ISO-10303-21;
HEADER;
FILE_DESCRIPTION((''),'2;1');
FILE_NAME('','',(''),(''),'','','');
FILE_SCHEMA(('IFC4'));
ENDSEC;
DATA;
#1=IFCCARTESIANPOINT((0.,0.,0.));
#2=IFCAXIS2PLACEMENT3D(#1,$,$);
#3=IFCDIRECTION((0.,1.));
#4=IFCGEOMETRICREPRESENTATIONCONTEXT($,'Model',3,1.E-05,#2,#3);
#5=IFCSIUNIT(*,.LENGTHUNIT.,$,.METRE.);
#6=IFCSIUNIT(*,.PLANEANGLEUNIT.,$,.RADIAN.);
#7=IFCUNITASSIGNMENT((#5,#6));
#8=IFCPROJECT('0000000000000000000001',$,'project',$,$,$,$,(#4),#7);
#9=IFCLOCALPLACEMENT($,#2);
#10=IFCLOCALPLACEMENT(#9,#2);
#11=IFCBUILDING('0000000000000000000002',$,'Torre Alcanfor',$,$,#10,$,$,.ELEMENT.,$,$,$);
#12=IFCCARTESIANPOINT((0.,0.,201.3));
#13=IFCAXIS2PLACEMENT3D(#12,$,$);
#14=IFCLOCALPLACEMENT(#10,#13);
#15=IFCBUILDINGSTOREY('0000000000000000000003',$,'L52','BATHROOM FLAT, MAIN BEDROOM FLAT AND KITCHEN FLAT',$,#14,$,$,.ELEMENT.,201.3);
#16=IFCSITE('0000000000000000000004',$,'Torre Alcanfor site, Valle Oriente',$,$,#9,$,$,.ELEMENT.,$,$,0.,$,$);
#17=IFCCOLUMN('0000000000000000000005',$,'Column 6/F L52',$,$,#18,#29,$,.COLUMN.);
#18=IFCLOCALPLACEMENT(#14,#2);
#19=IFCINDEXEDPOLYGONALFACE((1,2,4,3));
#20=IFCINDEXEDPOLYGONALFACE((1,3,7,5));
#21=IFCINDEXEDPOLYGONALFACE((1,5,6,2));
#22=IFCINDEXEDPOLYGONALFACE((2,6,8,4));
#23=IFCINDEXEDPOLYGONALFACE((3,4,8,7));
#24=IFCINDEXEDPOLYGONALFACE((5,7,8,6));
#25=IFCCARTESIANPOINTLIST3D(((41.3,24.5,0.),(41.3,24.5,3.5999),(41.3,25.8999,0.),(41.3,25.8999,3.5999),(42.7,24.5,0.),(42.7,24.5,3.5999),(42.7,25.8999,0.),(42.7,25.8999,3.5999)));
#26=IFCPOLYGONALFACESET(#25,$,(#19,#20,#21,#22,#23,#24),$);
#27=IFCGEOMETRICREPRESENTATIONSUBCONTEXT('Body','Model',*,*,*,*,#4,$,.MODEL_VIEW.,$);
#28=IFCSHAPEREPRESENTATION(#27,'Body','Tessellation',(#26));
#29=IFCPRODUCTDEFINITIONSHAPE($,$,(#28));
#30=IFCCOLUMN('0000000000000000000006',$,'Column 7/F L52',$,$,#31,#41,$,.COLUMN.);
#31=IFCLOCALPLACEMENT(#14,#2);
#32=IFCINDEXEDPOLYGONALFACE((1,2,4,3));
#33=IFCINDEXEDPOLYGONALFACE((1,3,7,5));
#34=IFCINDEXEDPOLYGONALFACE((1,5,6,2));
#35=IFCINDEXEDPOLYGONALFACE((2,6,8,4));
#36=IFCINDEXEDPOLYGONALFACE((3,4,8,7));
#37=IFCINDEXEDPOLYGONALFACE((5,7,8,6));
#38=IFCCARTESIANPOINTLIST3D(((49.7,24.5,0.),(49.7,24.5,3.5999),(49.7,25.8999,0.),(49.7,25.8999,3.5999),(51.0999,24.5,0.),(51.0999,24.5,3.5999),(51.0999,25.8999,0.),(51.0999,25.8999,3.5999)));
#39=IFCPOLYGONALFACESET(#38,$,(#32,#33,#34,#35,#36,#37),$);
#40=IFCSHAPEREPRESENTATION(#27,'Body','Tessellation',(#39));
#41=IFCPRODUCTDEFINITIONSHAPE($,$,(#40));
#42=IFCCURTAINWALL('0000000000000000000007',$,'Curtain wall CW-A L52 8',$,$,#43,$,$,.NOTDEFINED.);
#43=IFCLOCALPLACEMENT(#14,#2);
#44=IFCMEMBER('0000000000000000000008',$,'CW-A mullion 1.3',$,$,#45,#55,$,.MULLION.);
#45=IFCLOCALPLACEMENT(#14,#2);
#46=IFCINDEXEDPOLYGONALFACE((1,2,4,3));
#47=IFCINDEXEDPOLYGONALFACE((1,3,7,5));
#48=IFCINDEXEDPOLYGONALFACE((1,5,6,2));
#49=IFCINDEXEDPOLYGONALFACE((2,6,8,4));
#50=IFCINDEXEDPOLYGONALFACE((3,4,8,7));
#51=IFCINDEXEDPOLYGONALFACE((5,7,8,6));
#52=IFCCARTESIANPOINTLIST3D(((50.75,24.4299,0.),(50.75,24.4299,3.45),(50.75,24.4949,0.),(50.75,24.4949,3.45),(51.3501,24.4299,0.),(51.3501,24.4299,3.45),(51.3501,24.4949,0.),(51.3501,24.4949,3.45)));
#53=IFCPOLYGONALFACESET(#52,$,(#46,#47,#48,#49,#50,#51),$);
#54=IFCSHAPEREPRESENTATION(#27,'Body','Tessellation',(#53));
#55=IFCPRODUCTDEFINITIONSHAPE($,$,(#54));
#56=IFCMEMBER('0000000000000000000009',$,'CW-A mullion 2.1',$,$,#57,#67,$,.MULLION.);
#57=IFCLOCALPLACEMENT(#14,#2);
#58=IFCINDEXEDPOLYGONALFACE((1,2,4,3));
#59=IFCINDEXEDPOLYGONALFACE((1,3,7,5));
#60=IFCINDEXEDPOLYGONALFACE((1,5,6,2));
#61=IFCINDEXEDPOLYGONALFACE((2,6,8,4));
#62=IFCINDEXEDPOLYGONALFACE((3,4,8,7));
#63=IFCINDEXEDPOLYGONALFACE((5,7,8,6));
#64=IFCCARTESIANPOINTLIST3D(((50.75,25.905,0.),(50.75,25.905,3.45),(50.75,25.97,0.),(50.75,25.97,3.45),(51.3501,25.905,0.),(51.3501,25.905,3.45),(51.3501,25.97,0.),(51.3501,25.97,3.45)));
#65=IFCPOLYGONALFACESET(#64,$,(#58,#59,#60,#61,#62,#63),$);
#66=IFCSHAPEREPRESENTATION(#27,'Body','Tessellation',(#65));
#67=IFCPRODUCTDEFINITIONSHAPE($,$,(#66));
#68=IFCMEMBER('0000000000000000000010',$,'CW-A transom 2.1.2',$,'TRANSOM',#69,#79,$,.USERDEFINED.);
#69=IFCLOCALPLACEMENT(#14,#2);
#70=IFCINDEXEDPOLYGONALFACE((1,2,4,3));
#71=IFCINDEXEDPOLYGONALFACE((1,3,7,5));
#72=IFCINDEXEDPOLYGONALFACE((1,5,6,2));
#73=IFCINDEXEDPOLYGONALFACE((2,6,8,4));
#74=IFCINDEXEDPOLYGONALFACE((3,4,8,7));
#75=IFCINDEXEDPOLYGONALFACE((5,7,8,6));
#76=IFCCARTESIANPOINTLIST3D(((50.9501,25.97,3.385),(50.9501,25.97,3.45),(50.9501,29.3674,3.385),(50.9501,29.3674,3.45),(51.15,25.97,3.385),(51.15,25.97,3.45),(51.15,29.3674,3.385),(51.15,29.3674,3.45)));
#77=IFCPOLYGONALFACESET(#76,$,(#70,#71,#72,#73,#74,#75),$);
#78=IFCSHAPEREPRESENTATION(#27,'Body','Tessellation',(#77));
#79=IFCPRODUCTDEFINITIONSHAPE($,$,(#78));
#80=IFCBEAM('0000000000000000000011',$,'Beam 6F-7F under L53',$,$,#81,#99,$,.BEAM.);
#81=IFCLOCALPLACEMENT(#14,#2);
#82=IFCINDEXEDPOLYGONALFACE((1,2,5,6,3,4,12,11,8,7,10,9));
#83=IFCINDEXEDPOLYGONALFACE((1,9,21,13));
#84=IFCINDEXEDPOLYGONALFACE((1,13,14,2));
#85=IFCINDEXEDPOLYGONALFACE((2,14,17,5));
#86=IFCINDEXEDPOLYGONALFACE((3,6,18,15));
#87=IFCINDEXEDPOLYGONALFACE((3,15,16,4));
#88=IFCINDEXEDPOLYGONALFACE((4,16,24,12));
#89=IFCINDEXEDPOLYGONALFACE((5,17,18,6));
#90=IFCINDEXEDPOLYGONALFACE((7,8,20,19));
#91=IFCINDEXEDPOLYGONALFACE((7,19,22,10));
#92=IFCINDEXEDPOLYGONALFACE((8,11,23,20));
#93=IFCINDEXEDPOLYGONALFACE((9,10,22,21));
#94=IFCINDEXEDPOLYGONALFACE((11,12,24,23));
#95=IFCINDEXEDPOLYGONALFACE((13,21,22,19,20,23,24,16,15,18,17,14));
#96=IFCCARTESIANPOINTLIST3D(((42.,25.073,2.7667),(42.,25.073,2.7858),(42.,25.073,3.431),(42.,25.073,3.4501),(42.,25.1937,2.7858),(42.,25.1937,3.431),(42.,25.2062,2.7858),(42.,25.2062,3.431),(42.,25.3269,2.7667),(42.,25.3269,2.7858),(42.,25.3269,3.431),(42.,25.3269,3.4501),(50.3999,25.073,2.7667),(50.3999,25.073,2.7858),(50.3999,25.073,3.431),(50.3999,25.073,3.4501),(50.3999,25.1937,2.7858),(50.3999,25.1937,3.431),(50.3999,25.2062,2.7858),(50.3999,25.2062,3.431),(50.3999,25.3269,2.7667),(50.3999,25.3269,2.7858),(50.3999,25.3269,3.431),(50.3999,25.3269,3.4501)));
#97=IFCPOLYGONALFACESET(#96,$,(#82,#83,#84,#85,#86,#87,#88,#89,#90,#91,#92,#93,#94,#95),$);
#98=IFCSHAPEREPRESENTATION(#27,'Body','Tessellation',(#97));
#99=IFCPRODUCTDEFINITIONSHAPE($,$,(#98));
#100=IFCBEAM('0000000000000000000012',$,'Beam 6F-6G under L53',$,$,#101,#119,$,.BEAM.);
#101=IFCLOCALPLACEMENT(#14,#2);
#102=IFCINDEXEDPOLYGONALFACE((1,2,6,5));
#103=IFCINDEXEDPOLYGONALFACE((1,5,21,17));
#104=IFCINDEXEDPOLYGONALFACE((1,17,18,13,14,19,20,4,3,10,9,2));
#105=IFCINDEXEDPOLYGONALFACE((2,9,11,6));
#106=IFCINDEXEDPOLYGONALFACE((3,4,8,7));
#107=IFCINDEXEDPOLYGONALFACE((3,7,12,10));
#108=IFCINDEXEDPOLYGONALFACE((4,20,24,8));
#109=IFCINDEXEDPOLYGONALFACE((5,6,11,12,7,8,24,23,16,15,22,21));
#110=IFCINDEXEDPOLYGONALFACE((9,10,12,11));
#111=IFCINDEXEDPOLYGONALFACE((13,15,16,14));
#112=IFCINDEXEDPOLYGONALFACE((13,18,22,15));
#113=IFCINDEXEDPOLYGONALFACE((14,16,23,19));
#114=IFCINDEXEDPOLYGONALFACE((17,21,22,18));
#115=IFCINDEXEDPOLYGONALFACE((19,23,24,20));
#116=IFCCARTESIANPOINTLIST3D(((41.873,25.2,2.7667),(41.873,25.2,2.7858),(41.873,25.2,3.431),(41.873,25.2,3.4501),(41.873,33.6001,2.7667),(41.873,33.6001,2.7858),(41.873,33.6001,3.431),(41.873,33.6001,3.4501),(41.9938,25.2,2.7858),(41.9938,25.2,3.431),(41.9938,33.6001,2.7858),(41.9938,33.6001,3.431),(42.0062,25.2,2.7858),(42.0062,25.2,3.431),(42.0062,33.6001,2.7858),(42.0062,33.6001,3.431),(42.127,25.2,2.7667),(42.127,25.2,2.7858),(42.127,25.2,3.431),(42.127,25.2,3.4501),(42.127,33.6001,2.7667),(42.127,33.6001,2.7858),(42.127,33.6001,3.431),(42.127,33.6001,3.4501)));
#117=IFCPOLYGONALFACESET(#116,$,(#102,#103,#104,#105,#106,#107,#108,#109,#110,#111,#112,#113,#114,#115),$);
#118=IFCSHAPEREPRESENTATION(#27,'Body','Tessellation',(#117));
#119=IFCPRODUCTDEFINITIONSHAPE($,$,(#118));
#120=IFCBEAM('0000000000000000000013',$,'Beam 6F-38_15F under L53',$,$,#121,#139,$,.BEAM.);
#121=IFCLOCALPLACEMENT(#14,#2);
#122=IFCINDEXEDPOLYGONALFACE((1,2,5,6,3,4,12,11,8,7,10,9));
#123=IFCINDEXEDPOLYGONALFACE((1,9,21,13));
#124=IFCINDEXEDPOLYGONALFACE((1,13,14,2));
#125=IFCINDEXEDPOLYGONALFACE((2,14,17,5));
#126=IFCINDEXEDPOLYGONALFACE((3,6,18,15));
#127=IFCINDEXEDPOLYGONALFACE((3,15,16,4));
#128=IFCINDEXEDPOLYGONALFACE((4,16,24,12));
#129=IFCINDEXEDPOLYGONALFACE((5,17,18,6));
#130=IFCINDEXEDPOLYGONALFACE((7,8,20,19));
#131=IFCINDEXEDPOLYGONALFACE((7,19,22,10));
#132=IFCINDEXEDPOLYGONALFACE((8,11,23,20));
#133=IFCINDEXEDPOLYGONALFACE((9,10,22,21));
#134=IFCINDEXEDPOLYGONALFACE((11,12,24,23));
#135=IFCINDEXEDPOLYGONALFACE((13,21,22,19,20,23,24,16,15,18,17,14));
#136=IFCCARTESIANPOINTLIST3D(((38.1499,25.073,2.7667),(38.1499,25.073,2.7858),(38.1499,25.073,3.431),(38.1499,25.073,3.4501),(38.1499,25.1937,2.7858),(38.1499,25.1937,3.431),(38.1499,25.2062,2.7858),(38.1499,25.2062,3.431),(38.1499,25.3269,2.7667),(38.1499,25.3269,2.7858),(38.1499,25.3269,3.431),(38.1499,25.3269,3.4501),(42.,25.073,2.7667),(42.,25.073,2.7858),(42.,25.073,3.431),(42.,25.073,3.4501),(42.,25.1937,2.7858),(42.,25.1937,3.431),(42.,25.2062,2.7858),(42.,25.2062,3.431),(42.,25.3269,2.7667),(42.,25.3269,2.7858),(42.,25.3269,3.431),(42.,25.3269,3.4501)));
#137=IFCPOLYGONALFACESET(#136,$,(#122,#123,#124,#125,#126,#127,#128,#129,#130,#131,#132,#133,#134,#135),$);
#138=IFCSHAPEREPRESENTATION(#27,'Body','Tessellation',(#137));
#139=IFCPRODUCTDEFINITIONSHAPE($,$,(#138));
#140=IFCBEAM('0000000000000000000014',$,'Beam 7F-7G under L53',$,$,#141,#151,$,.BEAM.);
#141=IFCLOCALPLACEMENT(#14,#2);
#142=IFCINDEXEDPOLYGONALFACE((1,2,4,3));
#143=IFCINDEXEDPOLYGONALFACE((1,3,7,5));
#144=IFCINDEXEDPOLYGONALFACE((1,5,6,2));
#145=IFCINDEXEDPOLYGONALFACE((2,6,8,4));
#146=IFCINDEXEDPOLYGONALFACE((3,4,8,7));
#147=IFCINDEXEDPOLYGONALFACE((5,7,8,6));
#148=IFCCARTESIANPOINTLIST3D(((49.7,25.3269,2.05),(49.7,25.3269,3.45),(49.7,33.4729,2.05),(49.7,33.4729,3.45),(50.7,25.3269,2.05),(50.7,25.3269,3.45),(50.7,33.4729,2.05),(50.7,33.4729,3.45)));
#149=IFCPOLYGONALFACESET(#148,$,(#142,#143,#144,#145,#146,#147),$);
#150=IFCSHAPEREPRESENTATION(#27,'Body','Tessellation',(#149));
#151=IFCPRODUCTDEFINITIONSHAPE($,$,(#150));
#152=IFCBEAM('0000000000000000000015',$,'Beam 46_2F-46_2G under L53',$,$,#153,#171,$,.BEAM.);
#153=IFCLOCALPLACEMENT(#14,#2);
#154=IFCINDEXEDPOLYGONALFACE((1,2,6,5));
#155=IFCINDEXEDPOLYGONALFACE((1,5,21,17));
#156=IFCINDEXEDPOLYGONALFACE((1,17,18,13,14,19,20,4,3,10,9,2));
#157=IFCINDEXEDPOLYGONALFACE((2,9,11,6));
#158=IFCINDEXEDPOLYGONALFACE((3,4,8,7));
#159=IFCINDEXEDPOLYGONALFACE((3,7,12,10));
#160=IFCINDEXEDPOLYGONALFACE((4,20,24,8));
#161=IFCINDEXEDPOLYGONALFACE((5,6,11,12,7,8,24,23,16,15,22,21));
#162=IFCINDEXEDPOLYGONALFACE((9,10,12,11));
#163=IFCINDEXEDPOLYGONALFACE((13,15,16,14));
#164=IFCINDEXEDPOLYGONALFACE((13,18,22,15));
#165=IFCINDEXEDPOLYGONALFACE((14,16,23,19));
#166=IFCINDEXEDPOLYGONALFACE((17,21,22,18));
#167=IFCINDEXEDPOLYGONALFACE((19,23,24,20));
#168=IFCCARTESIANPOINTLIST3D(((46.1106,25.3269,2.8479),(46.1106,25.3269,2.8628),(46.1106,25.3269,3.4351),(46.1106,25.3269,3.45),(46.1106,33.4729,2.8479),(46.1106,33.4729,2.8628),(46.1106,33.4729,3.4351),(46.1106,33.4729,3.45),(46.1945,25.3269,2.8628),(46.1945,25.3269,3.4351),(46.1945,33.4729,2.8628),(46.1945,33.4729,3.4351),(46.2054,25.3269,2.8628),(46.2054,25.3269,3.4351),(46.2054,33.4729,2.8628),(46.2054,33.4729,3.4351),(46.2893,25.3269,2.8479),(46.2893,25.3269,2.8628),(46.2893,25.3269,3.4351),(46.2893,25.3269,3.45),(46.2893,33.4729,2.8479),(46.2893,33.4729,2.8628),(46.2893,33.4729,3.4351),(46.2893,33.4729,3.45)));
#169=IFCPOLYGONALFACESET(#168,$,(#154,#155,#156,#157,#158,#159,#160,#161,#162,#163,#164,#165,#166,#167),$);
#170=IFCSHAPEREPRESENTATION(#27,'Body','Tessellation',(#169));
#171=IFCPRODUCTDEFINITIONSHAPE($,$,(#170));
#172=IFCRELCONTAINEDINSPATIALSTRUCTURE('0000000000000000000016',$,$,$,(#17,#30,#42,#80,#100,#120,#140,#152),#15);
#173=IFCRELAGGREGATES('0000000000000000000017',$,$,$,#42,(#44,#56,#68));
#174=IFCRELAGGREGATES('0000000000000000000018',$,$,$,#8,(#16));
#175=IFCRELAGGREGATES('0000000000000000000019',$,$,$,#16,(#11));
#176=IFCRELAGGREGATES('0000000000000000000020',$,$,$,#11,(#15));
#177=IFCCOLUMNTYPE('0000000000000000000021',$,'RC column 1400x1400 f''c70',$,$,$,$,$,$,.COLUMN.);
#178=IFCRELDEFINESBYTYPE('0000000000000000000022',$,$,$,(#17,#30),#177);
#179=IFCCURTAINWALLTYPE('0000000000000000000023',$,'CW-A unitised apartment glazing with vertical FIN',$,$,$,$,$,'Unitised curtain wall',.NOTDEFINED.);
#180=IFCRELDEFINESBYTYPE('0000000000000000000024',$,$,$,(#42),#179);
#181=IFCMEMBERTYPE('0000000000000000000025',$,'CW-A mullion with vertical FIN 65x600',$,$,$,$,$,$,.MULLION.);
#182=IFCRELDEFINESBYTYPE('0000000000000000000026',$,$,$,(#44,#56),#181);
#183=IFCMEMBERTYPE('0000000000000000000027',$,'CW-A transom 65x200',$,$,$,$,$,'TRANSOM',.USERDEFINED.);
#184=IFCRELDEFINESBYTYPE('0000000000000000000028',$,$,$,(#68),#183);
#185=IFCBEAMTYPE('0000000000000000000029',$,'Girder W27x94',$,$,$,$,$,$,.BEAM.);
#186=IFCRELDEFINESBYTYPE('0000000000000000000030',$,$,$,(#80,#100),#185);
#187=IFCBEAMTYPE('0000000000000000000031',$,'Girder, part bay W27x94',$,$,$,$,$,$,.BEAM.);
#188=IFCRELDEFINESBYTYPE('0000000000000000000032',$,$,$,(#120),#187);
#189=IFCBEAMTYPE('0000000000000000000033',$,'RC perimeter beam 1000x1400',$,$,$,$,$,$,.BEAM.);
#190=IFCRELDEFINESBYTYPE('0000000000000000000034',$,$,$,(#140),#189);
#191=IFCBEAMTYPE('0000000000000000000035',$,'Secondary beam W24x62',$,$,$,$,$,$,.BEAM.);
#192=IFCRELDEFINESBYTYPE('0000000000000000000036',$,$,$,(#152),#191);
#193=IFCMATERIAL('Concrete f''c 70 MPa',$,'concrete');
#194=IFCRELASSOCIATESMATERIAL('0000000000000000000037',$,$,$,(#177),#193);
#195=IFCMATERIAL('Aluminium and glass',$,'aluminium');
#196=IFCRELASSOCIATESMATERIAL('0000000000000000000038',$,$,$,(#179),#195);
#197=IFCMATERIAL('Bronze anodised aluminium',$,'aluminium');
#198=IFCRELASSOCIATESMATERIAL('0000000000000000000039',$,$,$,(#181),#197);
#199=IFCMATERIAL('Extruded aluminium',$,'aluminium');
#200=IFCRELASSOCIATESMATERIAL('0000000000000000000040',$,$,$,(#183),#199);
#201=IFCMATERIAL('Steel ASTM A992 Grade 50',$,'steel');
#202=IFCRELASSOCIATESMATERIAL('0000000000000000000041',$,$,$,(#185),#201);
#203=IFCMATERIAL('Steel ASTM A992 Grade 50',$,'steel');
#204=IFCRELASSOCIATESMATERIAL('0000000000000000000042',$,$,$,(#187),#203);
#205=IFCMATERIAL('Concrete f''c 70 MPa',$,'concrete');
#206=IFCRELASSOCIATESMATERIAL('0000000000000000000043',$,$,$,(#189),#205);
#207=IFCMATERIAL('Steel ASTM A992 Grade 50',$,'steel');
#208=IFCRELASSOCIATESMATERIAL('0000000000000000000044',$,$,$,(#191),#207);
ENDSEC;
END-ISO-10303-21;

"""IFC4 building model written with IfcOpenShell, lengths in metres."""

from ifc_helpers import new_model, si_unit, direction, frame, origin, origin_2d, place, context, subcontext, project, spatial, rectangle, i_section, extrude, material, material_profile, profile_set, type_object, element, aggregate, save


model = new_model("IFC4")

# Units and contexts
model_context = context("Model", 3, precision=1e-05, world=origin(), true_north=direction((0.0, 1.0)))
body_context = subcontext(model_context, "Body", "Model", "MODEL_VIEW")
ifc_project = project(units=[si_unit("LENGTHUNIT", "METRE"), si_unit("PLANEANGLEUNIT", "RADIAN")], contexts=[model_context])

# Site, building, storey
site_placement = place(None, origin())
site = spatial("IfcSite", under=ifc_project, at=site_placement, Name="Torre Alcanfor site, Valle Oriente", CompositionType="ELEMENT", RefElevation=0.0)
building_placement = place(site_placement, origin())
building = spatial("IfcBuilding", under=site, at=building_placement, Name="Torre Alcanfor", CompositionType="ELEMENT")
storey_placement = place(building_placement, frame((0.0, 0.0, 201.3)))
storey = spatial("IfcBuildingStorey", under=building, at=storey_placement, Name="L52", Description="BATHROOM FLAT, MAIN BEDROOM FLAT AND KITCHEN FLAT", CompositionType="ELEMENT", Elevation=201.3)

# Columns
ifc_material_1 = material(Name="Concrete f'c 70 MPa", Category="concrete")
ifc_material_profile_1 = material_profile(ifc_material_1, rectangle(XDim=1.3999, YDim=1.3999, at=origin_2d()), Name="1400x1400")
ifc_profile_set_1 = profile_set([ifc_material_profile_1], Name="Concrete f'c 70 MPa")
column_type = type_object("IfcColumnType", Name="RC column 1400x1400 f'c70", PredefinedType="COLUMN", material=ifc_profile_set_1)
for number, where, z_axis, x_axis, name in (
    (1, (42.0, 25.2, 0.0), (0.0, 0.0, 1.0), (1.0, 0.0, 0.0), "Column 6/F L52"),
    (2, (50.3999, 25.2, 0.0), (0.0, 0.0, 1.0), (1.0, 0.0, 0.0), "Column 7/F L52"),
):
    element("IfcColumn", number, at=place(storey_placement, frame(where, z_axis=z_axis, x_axis=x_axis)), inside=storey, type_object=column_type, Name=name, PredefinedType="COLUMN", context=body_context, shape_type="SweptSolid", body=[
        extrude(rectangle(XDim=1.3999, YDim=1.3999, at=origin_2d()), origin(), (0.0, 0.0, 1.0), 3.5999),
    ])

# Curtain wall, members
ifc_material_2 = material(Name="Aluminium and glass", Category="aluminium")
curtain_wall_type = type_object("IfcCurtainWallType", Name="CW-A unitised apartment glazing with vertical FIN", ElementType="Unitised curtain wall", PredefinedType="NOTDEFINED", material=ifc_material_2)
curtain_wall_placement = place(storey_placement, origin())
curtain_wall = element("IfcCurtainWall", 3, at=curtain_wall_placement, inside=storey, type_object=curtain_wall_type, Name="Curtain wall CW-A L52 8", PredefinedType="NOTDEFINED")
ifc_material_3 = material(Name="Bronze anodised aluminium", Category="aluminium")
ifc_material_profile_2 = material_profile(ifc_material_3, rectangle(XDim=0.6001, YDim=0.0649, at=origin_2d()), Name="CW-A mullion 65x600")
ifc_profile_set_2 = profile_set([ifc_material_profile_2], Name="Bronze anodised aluminium")
member_type_1 = type_object("IfcMemberType", Name="CW-A mullion with vertical FIN 65x600", PredefinedType="MULLION", material=ifc_profile_set_2)
member_1_placement = place(storey_placement, frame((51.05, 24.4624, 0.0), z_axis=(0.0, 0.0, 1.0), x_axis=(-1.0, 0.0, 0.0)))
member_1 = element("IfcMember", 4, at=member_1_placement, type_object=member_type_1, Name="CW-A mullion 1.3", PredefinedType="MULLION", context=body_context, shape_type="SweptSolid", body=[
    extrude(rectangle(XDim=0.6001, YDim=0.0649, at=origin_2d()), origin(), (0.0, 0.0, 1.0), 3.45),
])
member_2_placement = place(storey_placement, frame((51.05, 25.9375, 0.0), z_axis=(0.0, 0.0, 1.0), x_axis=(-1.0, 0.0, 0.0)))
member_2 = element("IfcMember", 5, at=member_2_placement, type_object=member_type_1, Name="CW-A mullion 2.1", PredefinedType="MULLION", context=body_context, shape_type="SweptSolid", body=[
    extrude(rectangle(XDim=0.6001, YDim=0.0649, at=origin_2d()), origin(), (0.0, 0.0, 1.0), 3.45),
])
ifc_material_4 = material(Name="Extruded aluminium", Category="aluminium")
ifc_material_profile_3 = material_profile(ifc_material_4, rectangle(XDim=0.2, YDim=0.0649, at=origin_2d()), Name="CW-A transom 200x65")
ifc_profile_set_3 = profile_set([ifc_material_profile_3], Name="Extruded aluminium")
member_type_2 = type_object("IfcMemberType", Name="CW-A transom 65x200", ElementType="TRANSOM", PredefinedType="USERDEFINED", material=ifc_profile_set_3)
member_3_placement = place(storey_placement, frame((51.05, 25.97, 3.4175), z_axis=(0.0, 1.0, 0.0), x_axis=(-1.0, 0.0, 0.0)))
member_3 = element("IfcMember", 6, at=member_3_placement, type_object=member_type_2, Name="CW-A transom 2.1.2", ObjectType="TRANSOM", PredefinedType="USERDEFINED", context=body_context, shape_type="SweptSolid", body=[
    extrude(rectangle(XDim=0.2, YDim=0.0649, at=origin_2d()), origin(), (0.0, 0.0, 1.0), 3.3975),
])

# Beams
ifc_material_5 = material(Name="Steel ASTM A992 Grade 50", Category="steel")
ifc_material_profile_4 = material_profile(ifc_material_5, i_section(OverallWidth=0.2539, OverallDepth=0.6833, WebThickness=0.0125, FlangeThickness=0.019, at=origin_2d()), Name="W27x94")
ifc_profile_set_4 = profile_set([ifc_material_profile_4], Name="Steel ASTM A992 Grade 50")
beam_type_1 = type_object("IfcBeamType", Name="Girder W27x94", PredefinedType="BEAM", material=ifc_profile_set_4)
beam_1_placement = place(storey_placement, frame((42.0, 25.2, 3.1084), z_axis=(1.0, 0.0, 0.0), x_axis=(0.0, 1.0, 0.0)))
element("IfcBeam", 7, at=beam_1_placement, inside=storey, type_object=beam_type_1, Name="Beam 6F-7F under L53", PredefinedType="BEAM", context=body_context, shape_type="SweptSolid", body=[
    extrude(i_section(OverallWidth=0.2539, OverallDepth=0.6833, WebThickness=0.0125, FlangeThickness=0.019, at=origin_2d()), origin(), (0.0, 0.0, 1.0), 8.3999),
])
beam_2_placement = place(storey_placement, frame((42.0, 25.2, 3.1084), z_axis=(0.0, 1.0, 0.0), x_axis=(-1.0, 0.0, 0.0)))
element("IfcBeam", 8, at=beam_2_placement, inside=storey, type_object=beam_type_1, Name="Beam 6F-6G under L53", PredefinedType="BEAM", context=body_context, shape_type="SweptSolid", body=[
    extrude(i_section(OverallWidth=0.2539, OverallDepth=0.6833, WebThickness=0.0125, FlangeThickness=0.019, at=origin_2d()), origin(), (0.0, 0.0, 1.0), 8.4001),
])
ifc_material_6 = material(Name="Steel ASTM A992 Grade 50", Category="steel")
ifc_material_profile_5 = material_profile(ifc_material_6, i_section(OverallWidth=0.2539, OverallDepth=0.6833, WebThickness=0.0125, FlangeThickness=0.019, at=origin_2d()), Name="W27x94")
ifc_profile_set_5 = profile_set([ifc_material_profile_5], Name="Steel ASTM A992 Grade 50")
beam_type_2 = type_object("IfcBeamType", Name="Girder, part bay W27x94", PredefinedType="BEAM", material=ifc_profile_set_5)
beam_3_placement = place(storey_placement, frame((42.0, 25.2, 3.1084), z_axis=(-1.0, 0.0, 0.0), x_axis=(0.0, -1.0, 0.0)))
element("IfcBeam", 9, at=beam_3_placement, inside=storey, type_object=beam_type_2, Name="Beam 6F-38_15F under L53", PredefinedType="BEAM", context=body_context, shape_type="SweptSolid", body=[
    extrude(i_section(OverallWidth=0.2539, OverallDepth=0.6833, WebThickness=0.0125, FlangeThickness=0.019, at=origin_2d()), origin(), (0.0, 0.0, 1.0), 3.8501),
])
ifc_material_7 = material(Name="Concrete f'c 70 MPa", Category="concrete")
ifc_material_profile_6 = material_profile(ifc_material_7, rectangle(XDim=1.0, YDim=1.3999, at=origin_2d()), Name="1000x1400")
ifc_profile_set_6 = profile_set([ifc_material_profile_6], Name="Concrete f'c 70 MPa")
beam_type_3 = type_object("IfcBeamType", Name="RC perimeter beam 1000x1400", PredefinedType="BEAM", material=ifc_profile_set_6)
beam_4_placement = place(storey_placement, frame((50.2, 25.3269, 2.75), z_axis=(0.0, 1.0, 0.0), x_axis=(-1.0, 0.0, 0.0)))
element("IfcBeam", 10, at=beam_4_placement, inside=storey, type_object=beam_type_3, Name="Beam 7F-7G under L53", PredefinedType="BEAM", context=body_context, shape_type="SweptSolid", body=[
    extrude(rectangle(XDim=1.0, YDim=1.3999, at=origin_2d()), origin(), (0.0, 0.0, 1.0), 8.146),
])
ifc_material_8 = material(Name="Steel ASTM A992 Grade 50", Category="steel")
ifc_material_profile_7 = material_profile(ifc_material_8, i_section(OverallWidth=0.1787, OverallDepth=0.6021, WebThickness=0.011, FlangeThickness=0.0149, at=origin_2d()), Name="W24x62")
ifc_profile_set_7 = profile_set([ifc_material_profile_7], Name="Steel ASTM A992 Grade 50")
beam_type_4 = type_object("IfcBeamType", Name="Secondary beam W24x62", PredefinedType="BEAM", material=ifc_profile_set_7)
beam_5_placement = place(storey_placement, frame((46.2, 25.3269, 3.1489), z_axis=(0.0, 1.0, 0.0), x_axis=(-1.0, 0.0, 0.0)))
element("IfcBeam", 11, at=beam_5_placement, inside=storey, type_object=beam_type_4, Name="Beam 46_2F-46_2G under L53", PredefinedType="BEAM", context=body_context, shape_type="SweptSolid", body=[
    extrude(i_section(OverallWidth=0.1787, OverallDepth=0.6021, WebThickness=0.011, FlangeThickness=0.0149, at=origin_2d()), origin(), (0.0, 0.0, 1.0), 8.146),
])

aggregate(curtain_wall, [member_1, member_2, member_3])

save(model, "model.ifc")
